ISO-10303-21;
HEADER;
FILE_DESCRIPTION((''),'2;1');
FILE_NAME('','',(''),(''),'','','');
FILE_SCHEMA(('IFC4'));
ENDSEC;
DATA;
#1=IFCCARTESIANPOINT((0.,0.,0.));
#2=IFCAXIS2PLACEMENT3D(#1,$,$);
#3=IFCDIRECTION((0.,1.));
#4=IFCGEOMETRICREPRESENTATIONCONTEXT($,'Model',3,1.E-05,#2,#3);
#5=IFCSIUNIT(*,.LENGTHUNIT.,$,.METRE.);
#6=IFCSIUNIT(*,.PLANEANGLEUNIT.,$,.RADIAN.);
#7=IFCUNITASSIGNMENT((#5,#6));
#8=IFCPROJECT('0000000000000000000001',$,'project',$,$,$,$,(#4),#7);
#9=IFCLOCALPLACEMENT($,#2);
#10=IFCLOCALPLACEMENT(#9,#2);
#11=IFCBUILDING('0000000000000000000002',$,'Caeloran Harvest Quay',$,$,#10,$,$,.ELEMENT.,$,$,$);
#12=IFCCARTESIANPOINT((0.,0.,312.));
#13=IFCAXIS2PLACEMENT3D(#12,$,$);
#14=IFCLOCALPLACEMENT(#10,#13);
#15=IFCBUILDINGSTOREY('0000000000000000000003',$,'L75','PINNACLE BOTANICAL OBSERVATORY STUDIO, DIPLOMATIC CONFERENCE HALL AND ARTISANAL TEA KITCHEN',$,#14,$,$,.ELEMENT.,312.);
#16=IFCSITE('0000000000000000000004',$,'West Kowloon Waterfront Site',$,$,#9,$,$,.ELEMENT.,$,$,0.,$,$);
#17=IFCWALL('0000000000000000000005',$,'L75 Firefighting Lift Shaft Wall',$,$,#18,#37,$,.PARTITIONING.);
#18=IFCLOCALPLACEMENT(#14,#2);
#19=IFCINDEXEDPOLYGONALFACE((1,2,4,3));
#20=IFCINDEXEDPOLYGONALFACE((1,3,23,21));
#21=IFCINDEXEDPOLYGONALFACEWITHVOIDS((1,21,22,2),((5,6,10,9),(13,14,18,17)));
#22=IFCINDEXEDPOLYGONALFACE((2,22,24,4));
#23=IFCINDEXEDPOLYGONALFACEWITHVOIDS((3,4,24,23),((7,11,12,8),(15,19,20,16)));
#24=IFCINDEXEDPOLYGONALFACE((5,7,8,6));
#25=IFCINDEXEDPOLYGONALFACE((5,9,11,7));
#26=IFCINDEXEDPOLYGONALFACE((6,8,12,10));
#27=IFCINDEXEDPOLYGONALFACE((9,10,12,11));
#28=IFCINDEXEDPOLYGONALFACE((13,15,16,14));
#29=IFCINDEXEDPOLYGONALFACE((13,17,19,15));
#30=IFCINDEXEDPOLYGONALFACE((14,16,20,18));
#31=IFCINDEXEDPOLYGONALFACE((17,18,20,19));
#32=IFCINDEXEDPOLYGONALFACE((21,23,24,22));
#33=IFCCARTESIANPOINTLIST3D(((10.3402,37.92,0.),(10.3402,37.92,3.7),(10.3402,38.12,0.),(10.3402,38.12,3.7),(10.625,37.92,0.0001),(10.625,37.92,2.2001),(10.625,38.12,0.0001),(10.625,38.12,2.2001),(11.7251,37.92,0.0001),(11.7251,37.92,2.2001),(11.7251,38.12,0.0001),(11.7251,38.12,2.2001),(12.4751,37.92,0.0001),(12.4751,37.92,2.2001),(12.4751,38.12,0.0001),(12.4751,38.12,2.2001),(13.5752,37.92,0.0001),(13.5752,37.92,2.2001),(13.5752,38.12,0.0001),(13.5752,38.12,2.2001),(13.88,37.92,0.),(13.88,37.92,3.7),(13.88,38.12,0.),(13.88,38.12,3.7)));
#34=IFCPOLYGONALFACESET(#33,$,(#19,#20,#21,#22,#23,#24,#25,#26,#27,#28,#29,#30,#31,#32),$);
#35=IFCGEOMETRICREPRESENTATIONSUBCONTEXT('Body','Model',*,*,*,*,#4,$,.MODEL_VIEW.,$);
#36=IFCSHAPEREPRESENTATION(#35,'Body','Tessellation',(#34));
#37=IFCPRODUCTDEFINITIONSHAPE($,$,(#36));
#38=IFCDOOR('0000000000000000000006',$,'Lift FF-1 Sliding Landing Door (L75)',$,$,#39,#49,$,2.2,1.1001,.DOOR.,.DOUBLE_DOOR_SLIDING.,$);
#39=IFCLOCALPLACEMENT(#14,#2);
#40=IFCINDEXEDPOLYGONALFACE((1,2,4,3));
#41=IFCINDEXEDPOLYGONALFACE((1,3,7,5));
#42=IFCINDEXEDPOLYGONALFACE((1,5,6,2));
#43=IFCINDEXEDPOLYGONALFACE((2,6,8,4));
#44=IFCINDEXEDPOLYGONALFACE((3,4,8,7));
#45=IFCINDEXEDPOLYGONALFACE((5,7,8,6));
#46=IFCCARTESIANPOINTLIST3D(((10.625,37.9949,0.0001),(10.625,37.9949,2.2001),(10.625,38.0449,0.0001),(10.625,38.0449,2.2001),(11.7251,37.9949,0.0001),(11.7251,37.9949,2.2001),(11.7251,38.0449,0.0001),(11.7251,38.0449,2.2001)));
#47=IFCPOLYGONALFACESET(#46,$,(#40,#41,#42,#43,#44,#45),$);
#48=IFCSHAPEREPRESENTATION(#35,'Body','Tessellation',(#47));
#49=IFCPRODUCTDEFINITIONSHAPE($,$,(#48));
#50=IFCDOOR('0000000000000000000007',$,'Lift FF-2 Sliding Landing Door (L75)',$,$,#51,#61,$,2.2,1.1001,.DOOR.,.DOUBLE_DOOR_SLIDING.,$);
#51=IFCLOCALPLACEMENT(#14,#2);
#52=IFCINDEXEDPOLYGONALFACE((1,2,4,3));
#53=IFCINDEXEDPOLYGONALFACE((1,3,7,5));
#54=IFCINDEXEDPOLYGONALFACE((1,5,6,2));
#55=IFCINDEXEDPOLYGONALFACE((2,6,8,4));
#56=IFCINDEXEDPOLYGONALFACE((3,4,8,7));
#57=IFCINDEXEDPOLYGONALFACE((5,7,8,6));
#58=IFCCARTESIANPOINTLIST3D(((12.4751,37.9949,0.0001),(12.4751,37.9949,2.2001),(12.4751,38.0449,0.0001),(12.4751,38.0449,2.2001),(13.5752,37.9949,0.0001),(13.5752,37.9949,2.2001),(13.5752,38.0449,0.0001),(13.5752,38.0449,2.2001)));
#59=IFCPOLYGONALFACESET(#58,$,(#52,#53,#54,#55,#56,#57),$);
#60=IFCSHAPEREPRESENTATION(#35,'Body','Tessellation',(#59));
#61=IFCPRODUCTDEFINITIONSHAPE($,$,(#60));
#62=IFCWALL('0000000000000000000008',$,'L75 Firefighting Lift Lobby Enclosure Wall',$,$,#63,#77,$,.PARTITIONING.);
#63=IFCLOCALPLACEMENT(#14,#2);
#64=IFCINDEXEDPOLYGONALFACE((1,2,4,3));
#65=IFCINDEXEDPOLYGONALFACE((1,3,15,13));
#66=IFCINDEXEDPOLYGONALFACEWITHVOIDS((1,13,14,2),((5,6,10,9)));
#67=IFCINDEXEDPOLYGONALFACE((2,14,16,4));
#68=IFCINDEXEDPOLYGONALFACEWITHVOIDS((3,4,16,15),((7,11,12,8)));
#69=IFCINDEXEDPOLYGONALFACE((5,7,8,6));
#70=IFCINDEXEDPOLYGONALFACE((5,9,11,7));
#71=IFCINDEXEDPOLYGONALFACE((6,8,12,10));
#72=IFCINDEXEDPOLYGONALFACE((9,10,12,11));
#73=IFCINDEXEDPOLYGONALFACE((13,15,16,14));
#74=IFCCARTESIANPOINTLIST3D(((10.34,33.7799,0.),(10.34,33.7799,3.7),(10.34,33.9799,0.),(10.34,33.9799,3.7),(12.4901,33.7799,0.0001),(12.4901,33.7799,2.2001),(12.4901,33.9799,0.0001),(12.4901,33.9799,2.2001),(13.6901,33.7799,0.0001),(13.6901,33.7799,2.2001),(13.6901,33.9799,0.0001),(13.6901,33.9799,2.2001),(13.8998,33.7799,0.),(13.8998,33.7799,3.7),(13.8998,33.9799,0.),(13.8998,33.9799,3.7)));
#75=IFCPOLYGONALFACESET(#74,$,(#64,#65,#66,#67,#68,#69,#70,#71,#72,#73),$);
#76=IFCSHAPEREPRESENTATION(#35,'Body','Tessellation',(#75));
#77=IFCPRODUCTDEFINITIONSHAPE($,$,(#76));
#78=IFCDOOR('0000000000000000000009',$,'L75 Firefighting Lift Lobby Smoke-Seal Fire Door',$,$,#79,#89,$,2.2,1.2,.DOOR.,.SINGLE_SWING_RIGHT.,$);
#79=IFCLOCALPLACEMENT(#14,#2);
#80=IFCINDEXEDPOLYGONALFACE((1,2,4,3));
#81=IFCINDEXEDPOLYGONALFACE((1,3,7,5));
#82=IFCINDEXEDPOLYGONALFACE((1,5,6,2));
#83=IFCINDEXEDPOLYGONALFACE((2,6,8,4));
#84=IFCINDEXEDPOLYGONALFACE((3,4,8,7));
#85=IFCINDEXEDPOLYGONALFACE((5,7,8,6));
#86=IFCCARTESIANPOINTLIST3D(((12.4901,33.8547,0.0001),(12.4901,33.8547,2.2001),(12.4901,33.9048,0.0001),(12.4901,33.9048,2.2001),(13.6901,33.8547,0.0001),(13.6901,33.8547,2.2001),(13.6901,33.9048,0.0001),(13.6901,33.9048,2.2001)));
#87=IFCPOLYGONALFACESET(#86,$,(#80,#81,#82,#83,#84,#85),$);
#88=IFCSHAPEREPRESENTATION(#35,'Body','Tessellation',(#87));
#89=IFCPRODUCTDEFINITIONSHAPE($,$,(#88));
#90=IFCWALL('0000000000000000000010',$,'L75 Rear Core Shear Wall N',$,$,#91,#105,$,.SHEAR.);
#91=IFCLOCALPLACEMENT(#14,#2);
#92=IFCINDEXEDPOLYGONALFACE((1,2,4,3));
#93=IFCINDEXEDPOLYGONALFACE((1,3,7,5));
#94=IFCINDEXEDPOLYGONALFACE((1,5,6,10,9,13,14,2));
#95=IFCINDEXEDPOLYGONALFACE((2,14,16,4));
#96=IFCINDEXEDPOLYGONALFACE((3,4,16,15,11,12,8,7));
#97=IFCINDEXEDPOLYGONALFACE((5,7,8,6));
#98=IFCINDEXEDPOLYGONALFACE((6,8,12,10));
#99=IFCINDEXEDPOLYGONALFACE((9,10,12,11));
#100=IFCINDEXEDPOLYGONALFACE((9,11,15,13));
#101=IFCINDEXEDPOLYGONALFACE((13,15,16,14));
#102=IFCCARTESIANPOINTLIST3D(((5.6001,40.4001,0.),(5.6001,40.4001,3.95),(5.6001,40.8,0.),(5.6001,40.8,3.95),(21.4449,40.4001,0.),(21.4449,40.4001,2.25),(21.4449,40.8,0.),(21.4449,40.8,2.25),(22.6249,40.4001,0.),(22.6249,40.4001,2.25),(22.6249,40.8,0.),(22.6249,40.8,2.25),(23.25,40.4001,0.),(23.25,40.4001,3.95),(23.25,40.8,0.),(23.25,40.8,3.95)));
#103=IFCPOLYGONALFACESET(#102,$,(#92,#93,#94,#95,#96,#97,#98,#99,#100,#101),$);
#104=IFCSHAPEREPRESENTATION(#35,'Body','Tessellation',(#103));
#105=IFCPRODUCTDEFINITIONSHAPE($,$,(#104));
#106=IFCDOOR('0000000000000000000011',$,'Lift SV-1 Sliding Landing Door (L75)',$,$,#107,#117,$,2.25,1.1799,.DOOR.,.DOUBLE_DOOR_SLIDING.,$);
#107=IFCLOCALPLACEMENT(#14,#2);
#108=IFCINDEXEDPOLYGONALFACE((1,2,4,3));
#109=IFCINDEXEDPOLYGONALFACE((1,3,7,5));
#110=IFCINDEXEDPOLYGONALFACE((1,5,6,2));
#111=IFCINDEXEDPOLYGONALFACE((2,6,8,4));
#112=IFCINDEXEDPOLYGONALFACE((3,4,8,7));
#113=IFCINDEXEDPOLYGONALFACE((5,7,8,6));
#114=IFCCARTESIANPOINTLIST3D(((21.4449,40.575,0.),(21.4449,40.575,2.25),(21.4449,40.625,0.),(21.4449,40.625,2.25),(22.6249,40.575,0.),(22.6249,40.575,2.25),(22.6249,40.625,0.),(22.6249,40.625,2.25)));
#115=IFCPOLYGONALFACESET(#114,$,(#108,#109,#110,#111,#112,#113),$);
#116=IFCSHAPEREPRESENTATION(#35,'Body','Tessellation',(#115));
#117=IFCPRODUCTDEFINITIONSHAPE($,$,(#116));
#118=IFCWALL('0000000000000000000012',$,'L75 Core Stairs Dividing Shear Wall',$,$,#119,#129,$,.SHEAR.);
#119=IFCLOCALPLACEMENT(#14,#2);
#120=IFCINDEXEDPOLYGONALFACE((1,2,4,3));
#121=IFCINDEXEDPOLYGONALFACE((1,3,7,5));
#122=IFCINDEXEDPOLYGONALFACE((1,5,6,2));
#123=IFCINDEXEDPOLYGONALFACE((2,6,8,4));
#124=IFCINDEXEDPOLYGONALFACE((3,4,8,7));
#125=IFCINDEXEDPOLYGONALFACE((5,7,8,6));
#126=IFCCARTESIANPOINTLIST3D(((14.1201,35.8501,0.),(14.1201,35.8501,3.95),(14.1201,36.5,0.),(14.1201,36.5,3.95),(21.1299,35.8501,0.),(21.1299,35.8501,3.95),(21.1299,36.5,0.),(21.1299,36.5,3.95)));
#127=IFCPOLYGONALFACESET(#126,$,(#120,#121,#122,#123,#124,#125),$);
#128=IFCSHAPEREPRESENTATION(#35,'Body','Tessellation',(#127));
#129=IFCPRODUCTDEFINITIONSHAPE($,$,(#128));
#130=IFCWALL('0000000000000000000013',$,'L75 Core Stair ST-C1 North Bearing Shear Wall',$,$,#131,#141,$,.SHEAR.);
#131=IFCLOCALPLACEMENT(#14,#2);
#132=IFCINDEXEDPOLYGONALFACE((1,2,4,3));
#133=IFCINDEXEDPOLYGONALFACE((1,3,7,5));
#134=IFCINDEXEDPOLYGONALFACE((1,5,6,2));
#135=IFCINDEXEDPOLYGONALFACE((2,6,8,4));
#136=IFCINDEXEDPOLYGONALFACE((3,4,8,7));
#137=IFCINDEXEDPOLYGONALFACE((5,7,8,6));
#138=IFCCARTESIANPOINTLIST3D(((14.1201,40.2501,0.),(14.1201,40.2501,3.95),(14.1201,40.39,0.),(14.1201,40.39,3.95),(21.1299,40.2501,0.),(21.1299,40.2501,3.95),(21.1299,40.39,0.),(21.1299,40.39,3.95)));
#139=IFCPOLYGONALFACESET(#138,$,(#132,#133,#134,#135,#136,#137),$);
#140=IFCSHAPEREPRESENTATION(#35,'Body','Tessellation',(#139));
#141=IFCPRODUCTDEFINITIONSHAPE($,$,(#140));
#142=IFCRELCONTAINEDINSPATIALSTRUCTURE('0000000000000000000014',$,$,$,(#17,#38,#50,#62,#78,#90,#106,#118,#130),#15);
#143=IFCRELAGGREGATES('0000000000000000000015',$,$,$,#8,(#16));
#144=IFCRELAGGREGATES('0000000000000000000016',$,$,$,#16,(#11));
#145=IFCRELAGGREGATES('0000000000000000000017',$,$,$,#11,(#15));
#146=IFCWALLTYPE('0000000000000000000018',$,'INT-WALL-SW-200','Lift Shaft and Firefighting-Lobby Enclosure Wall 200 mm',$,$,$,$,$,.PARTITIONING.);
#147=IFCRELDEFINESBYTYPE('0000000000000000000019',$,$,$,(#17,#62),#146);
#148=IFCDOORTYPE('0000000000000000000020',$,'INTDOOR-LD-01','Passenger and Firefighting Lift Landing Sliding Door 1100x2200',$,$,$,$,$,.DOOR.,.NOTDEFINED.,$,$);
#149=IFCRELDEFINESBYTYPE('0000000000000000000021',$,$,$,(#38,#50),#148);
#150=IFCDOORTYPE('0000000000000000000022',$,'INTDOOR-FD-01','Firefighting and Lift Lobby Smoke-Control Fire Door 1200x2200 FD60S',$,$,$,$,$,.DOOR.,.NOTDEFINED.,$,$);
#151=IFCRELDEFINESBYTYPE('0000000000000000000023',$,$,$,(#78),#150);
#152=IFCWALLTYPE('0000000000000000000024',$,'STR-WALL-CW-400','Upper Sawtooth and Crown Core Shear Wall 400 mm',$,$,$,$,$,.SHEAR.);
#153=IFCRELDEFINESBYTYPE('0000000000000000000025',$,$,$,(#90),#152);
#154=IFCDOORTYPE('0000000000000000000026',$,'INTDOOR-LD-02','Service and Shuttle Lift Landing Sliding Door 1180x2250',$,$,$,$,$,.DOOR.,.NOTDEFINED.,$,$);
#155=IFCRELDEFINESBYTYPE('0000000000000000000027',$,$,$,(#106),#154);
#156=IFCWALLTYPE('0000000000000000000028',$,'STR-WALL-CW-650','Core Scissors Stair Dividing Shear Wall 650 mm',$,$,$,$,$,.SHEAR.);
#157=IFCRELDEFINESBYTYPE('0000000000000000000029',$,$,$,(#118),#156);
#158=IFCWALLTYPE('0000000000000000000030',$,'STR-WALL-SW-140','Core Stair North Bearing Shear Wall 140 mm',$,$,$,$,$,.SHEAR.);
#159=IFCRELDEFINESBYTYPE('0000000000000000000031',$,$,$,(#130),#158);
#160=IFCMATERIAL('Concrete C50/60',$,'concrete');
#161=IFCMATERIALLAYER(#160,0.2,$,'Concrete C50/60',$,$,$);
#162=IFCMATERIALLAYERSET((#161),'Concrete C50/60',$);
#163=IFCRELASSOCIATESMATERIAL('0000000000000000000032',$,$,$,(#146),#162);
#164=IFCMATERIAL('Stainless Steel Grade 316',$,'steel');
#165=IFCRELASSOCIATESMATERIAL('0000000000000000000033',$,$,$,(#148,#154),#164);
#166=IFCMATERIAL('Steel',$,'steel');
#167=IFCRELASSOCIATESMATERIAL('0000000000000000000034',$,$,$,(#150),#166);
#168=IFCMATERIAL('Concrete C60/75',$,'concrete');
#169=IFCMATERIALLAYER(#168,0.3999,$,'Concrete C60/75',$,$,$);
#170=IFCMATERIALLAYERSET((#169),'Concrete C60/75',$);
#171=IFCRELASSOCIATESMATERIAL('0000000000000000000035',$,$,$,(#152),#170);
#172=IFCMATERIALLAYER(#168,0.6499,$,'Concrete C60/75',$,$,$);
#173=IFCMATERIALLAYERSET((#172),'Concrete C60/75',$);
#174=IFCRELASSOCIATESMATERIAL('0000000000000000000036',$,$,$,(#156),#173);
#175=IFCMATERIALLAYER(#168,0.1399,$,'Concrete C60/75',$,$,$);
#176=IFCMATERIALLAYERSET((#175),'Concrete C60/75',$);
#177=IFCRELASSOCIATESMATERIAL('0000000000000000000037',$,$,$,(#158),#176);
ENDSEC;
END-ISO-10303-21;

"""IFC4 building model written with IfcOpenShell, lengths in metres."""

from ifc_helpers import new_model, si_unit, direction, frame, frame_2d, origin, place, context, subcontext, project, spatial, rectangle, extrude, material, layer, layer_set, type_object, element, fill, save


model = new_model("IFC4")

# Units and contexts
model_context = context("Model", 3, precision=1e-05, world=origin(), true_north=direction((0.0, 1.0)))
body_context = subcontext(model_context, "Body", "Model", "MODEL_VIEW")
ifc_project = project(units=[si_unit("LENGTHUNIT", "METRE"), si_unit("PLANEANGLEUNIT", "RADIAN")], contexts=[model_context])

# Site, building, storey
site_placement = place(None, origin())
site = spatial("IfcSite", under=ifc_project, at=site_placement, Name="West Kowloon Waterfront Site", CompositionType="ELEMENT", RefElevation=0.0)
building_placement = place(site_placement, origin())
building = spatial("IfcBuilding", under=site, at=building_placement, Name="Caeloran Harvest Quay", CompositionType="ELEMENT")
storey_placement = place(building_placement, frame((0.0, 0.0, 312.0)))
storey = spatial("IfcBuildingStorey", under=building, at=storey_placement, Name="L75", Description="PINNACLE BOTANICAL OBSERVATORY STUDIO, DIPLOMATIC CONFERENCE HALL AND ARTISANAL TEA KITCHEN", CompositionType="ELEMENT", Elevation=312.0)

# Shared definitions
ifc_material_1 = material(Name="Concrete C50/60", Category="concrete")
ifc_layer_1 = layer(ifc_material_1, 0.2, Name="Concrete C50/60")
ifc_layer_set_1 = layer_set([ifc_layer_1], Name="Concrete C50/60")
wall_type_1 = type_object("IfcWallType", Name="INT-WALL-SW-200", Description="Lift Shaft and Firefighting-Lobby Enclosure Wall 200 mm", PredefinedType="PARTITIONING", material=ifc_layer_set_1)

# Wall, openings, doors
wall_1_placement = place(storey_placement, frame((10.3401, 38.02, 0.0), z_axis=(0.0, 0.0, 1.0), x_axis=(1.0, 0.0, 0.0)))
wall_1 = element("IfcWall", 1, at=wall_1_placement, inside=storey, type_object=wall_type_1, Name="L75 Firefighting Lift Shaft Wall", PredefinedType="PARTITIONING", context=body_context, shape_type="SweptSolid", body=[
    extrude(rectangle(XDim=3.5398, YDim=0.2, at=frame_2d((1.77, 0.0))), origin(), (0.0, 0.0, 1.0), 3.7),
])
opening_1_placement = place(wall_1_placement, frame((0.2849, 0.0, 0.0)))
opening_1 = element("IfcOpeningElement", 2, at=opening_1_placement, cuts=wall_1, PredefinedType="OPENING", context=body_context, shape_type="SweptSolid", body=[
    extrude(rectangle(XDim=1.1001, YDim=2.2, at=frame_2d((0.55, 1.1001))), frame((0.0, 0.1099, 0.0), z_axis=(0.0, -1.0, 0.0), x_axis=(1.0, 0.0, 0.0)), (0.0, 0.0, 1.0), 0.22),
])
opening_2_placement = place(wall_1_placement, frame((2.135, 0.0, 0.0)))
opening_2 = element("IfcOpeningElement", 3, at=opening_2_placement, cuts=wall_1, PredefinedType="OPENING", context=body_context, shape_type="SweptSolid", body=[
    extrude(rectangle(XDim=1.1001, YDim=2.2, at=frame_2d((0.55, 1.1001))), frame((0.0, 0.1099, 0.0), z_axis=(0.0, -1.0, 0.0), x_axis=(1.0, 0.0, 0.0)), (0.0, 0.0, 1.0), 0.22),
])
ifc_material_2 = material(Name="Stainless Steel Grade 316", Category="steel")
door_type_1 = type_object("IfcDoorType", Name="INTDOOR-LD-01", Description="Passenger and Firefighting Lift Landing Sliding Door 1100x2200", OperationType="NOTDEFINED", PredefinedType="DOOR", material=ifc_material_2)
door_1_placement = place(opening_1_placement, origin())
door_1 = element("IfcDoor", 4, at=door_1_placement, inside=storey, type_object=door_type_1, Name="Lift FF-1 Sliding Landing Door (L75)", OperationType="DOUBLE_DOOR_SLIDING", OverallHeight=2.2, OverallWidth=1.1001, PredefinedType="DOOR", context=body_context, shape_type="SweptSolid", body=[
    extrude(rectangle(XDim=1.1001, YDim=2.2, at=frame_2d((0.55, 1.1001))), frame((0.0, 0.0249, 0.0), z_axis=(0.0, -1.0, 0.0), x_axis=(1.0, 0.0, 0.0)), (0.0, 0.0, 1.0), 0.05),
])
fill(opening_1, door_1)
door_2_placement = place(opening_2_placement, origin())
door_2 = element("IfcDoor", 5, at=door_2_placement, inside=storey, type_object=door_type_1, Name="Lift FF-2 Sliding Landing Door (L75)", OperationType="DOUBLE_DOOR_SLIDING", OverallHeight=2.2, OverallWidth=1.1001, PredefinedType="DOOR", context=body_context, shape_type="SweptSolid", body=[
    extrude(rectangle(XDim=1.1001, YDim=2.2, at=frame_2d((0.55, 1.1001))), frame((0.0, 0.0249, 0.0), z_axis=(0.0, -1.0, 0.0), x_axis=(1.0, 0.0, 0.0)), (0.0, 0.0, 1.0), 0.05),
])
fill(opening_2, door_2)

# Walls, openings, doors
wall_2_placement = place(storey_placement, frame((10.3401, 33.8799, 0.0), z_axis=(0.0, 0.0, 1.0), x_axis=(1.0, 0.0, 0.0)))
wall_2 = element("IfcWall", 6, at=wall_2_placement, inside=storey, type_object=wall_type_1, Name="L75 Firefighting Lift Lobby Enclosure Wall", PredefinedType="PARTITIONING", context=body_context, shape_type="SweptSolid", body=[
    extrude(rectangle(XDim=3.5598, YDim=0.2, at=frame_2d((1.7798, 0.0))), origin(), (0.0, 0.0, 1.0), 3.7),
])
opening_3_placement = place(wall_2_placement, frame((2.1499, 0.0, 0.0)))
opening_3 = element("IfcOpeningElement", 7, at=opening_3_placement, cuts=wall_2, PredefinedType="OPENING", context=body_context, shape_type="SweptSolid", body=[
    extrude(rectangle(XDim=1.2, YDim=2.2, at=frame_2d((0.6001, 1.1001))), frame((0.0, 0.1099, 0.0), z_axis=(0.0, -1.0, 0.0), x_axis=(1.0, 0.0, 0.0)), (0.0, 0.0, 1.0), 0.22),
])
ifc_material_3 = material(Name="Steel", Category="steel")
door_type_2 = type_object("IfcDoorType", Name="INTDOOR-FD-01", Description="Firefighting and Lift Lobby Smoke-Control Fire Door 1200x2200 FD60S", OperationType="NOTDEFINED", PredefinedType="DOOR", material=ifc_material_3)
door_3_placement = place(opening_3_placement, origin())
door_3 = element("IfcDoor", 8, at=door_3_placement, inside=storey, type_object=door_type_2, Name="L75 Firefighting Lift Lobby Smoke-Seal Fire Door", OperationType="SINGLE_SWING_RIGHT", OverallHeight=2.2, OverallWidth=1.2, PredefinedType="DOOR", context=body_context, shape_type="SweptSolid", body=[
    extrude(rectangle(XDim=1.2, YDim=2.2, at=frame_2d((0.6001, 1.1001))), frame((0.0, 0.0249, 0.0), z_axis=(0.0, -1.0, 0.0), x_axis=(1.0, 0.0, 0.0)), (0.0, 0.0, 1.0), 0.05),
])
fill(opening_3, door_3)
ifc_material_4 = material(Name="Concrete C60/75", Category="concrete")
ifc_layer_2 = layer(ifc_material_4, 0.3999, Name="Concrete C60/75")
ifc_layer_set_2 = layer_set([ifc_layer_2], Name="Concrete C60/75")
wall_type_2 = type_object("IfcWallType", Name="STR-WALL-CW-400", Description="Upper Sawtooth and Crown Core Shear Wall 400 mm", PredefinedType="SHEAR", material=ifc_layer_set_2)
wall_3_placement = place(storey_placement, frame((5.6001, 40.6001, 0.0), z_axis=(0.0, 0.0, 1.0), x_axis=(1.0, 0.0, 0.0)))
wall_3 = element("IfcWall", 9, at=wall_3_placement, inside=storey, type_object=wall_type_2, Name="L75 Rear Core Shear Wall N", PredefinedType="SHEAR", context=body_context, shape_type="SweptSolid", body=[
    extrude(rectangle(XDim=17.6499, YDim=0.3999, at=frame_2d((8.825, 0.0))), origin(), (0.0, 0.0, 1.0), 3.95),
])
opening_4_placement = place(wall_3_placement, frame((15.845, 0.0, 0.0)))
opening_4 = element("IfcOpeningElement", 10, at=opening_4_placement, cuts=wall_3, PredefinedType="OPENING", context=body_context, shape_type="SweptSolid", body=[
    extrude(rectangle(XDim=1.1799, YDim=2.25, at=frame_2d((0.5898, 1.125))), frame((0.0, 0.21, 0.0), z_axis=(0.0, -1.0, 0.0), x_axis=(1.0, 0.0, 0.0)), (0.0, 0.0, 1.0), 0.4199),
])
door_type_3 = type_object("IfcDoorType", Name="INTDOOR-LD-02", Description="Service and Shuttle Lift Landing Sliding Door 1180x2250", OperationType="NOTDEFINED", PredefinedType="DOOR", material=ifc_material_2)
door_4_placement = place(opening_4_placement, origin())
door_4 = element("IfcDoor", 11, at=door_4_placement, inside=storey, type_object=door_type_3, Name="Lift SV-1 Sliding Landing Door (L75)", OperationType="DOUBLE_DOOR_SLIDING", OverallHeight=2.25, OverallWidth=1.1799, PredefinedType="DOOR", context=body_context, shape_type="SweptSolid", body=[
    extrude(rectangle(XDim=1.1799, YDim=2.25, at=frame_2d((0.5898, 1.125))), frame((0.0, 0.0249, 0.0), z_axis=(0.0, -1.0, 0.0), x_axis=(1.0, 0.0, 0.0)), (0.0, 0.0, 1.0), 0.05),
])
fill(opening_4, door_4)

# Walls
ifc_layer_3 = layer(ifc_material_4, 0.6499, Name="Concrete C60/75")
ifc_layer_set_3 = layer_set([ifc_layer_3], Name="Concrete C60/75")
wall_type_3 = type_object("IfcWallType", Name="STR-WALL-CW-650", Description="Core Scissors Stair Dividing Shear Wall 650 mm", PredefinedType="SHEAR", material=ifc_layer_set_3)
wall_4_placement = place(storey_placement, frame((14.1201, 36.175, 0.0), z_axis=(0.0, 0.0, 1.0), x_axis=(1.0, 0.0, 0.0)))
element("IfcWall", 12, at=wall_4_placement, inside=storey, type_object=wall_type_3, Name="L75 Core Stairs Dividing Shear Wall", PredefinedType="SHEAR", context=body_context, shape_type="SweptSolid", body=[
    extrude(rectangle(XDim=7.0098, YDim=0.6499, at=frame_2d((3.5049, 0.0))), origin(), (0.0, 0.0, 1.0), 3.95),
])
ifc_layer_4 = layer(ifc_material_4, 0.1399, Name="Concrete C60/75")
ifc_layer_set_4 = layer_set([ifc_layer_4], Name="Concrete C60/75")
wall_type_4 = type_object("IfcWallType", Name="STR-WALL-SW-140", Description="Core Stair North Bearing Shear Wall 140 mm", PredefinedType="SHEAR", material=ifc_layer_set_4)
wall_5_placement = place(storey_placement, frame((14.1201, 40.3201, 0.0), z_axis=(0.0, 0.0, 1.0), x_axis=(1.0, 0.0, 0.0)))
element("IfcWall", 13, at=wall_5_placement, inside=storey, type_object=wall_type_4, Name="L75 Core Stair ST-C1 North Bearing Shear Wall", PredefinedType="SHEAR", context=body_context, shape_type="SweptSolid", body=[
    extrude(rectangle(XDim=7.0098, YDim=0.1399, at=frame_2d((3.5049, 0.0))), origin(), (0.0, 0.0, 1.0), 3.95),
])

save(model, "model.ifc")
